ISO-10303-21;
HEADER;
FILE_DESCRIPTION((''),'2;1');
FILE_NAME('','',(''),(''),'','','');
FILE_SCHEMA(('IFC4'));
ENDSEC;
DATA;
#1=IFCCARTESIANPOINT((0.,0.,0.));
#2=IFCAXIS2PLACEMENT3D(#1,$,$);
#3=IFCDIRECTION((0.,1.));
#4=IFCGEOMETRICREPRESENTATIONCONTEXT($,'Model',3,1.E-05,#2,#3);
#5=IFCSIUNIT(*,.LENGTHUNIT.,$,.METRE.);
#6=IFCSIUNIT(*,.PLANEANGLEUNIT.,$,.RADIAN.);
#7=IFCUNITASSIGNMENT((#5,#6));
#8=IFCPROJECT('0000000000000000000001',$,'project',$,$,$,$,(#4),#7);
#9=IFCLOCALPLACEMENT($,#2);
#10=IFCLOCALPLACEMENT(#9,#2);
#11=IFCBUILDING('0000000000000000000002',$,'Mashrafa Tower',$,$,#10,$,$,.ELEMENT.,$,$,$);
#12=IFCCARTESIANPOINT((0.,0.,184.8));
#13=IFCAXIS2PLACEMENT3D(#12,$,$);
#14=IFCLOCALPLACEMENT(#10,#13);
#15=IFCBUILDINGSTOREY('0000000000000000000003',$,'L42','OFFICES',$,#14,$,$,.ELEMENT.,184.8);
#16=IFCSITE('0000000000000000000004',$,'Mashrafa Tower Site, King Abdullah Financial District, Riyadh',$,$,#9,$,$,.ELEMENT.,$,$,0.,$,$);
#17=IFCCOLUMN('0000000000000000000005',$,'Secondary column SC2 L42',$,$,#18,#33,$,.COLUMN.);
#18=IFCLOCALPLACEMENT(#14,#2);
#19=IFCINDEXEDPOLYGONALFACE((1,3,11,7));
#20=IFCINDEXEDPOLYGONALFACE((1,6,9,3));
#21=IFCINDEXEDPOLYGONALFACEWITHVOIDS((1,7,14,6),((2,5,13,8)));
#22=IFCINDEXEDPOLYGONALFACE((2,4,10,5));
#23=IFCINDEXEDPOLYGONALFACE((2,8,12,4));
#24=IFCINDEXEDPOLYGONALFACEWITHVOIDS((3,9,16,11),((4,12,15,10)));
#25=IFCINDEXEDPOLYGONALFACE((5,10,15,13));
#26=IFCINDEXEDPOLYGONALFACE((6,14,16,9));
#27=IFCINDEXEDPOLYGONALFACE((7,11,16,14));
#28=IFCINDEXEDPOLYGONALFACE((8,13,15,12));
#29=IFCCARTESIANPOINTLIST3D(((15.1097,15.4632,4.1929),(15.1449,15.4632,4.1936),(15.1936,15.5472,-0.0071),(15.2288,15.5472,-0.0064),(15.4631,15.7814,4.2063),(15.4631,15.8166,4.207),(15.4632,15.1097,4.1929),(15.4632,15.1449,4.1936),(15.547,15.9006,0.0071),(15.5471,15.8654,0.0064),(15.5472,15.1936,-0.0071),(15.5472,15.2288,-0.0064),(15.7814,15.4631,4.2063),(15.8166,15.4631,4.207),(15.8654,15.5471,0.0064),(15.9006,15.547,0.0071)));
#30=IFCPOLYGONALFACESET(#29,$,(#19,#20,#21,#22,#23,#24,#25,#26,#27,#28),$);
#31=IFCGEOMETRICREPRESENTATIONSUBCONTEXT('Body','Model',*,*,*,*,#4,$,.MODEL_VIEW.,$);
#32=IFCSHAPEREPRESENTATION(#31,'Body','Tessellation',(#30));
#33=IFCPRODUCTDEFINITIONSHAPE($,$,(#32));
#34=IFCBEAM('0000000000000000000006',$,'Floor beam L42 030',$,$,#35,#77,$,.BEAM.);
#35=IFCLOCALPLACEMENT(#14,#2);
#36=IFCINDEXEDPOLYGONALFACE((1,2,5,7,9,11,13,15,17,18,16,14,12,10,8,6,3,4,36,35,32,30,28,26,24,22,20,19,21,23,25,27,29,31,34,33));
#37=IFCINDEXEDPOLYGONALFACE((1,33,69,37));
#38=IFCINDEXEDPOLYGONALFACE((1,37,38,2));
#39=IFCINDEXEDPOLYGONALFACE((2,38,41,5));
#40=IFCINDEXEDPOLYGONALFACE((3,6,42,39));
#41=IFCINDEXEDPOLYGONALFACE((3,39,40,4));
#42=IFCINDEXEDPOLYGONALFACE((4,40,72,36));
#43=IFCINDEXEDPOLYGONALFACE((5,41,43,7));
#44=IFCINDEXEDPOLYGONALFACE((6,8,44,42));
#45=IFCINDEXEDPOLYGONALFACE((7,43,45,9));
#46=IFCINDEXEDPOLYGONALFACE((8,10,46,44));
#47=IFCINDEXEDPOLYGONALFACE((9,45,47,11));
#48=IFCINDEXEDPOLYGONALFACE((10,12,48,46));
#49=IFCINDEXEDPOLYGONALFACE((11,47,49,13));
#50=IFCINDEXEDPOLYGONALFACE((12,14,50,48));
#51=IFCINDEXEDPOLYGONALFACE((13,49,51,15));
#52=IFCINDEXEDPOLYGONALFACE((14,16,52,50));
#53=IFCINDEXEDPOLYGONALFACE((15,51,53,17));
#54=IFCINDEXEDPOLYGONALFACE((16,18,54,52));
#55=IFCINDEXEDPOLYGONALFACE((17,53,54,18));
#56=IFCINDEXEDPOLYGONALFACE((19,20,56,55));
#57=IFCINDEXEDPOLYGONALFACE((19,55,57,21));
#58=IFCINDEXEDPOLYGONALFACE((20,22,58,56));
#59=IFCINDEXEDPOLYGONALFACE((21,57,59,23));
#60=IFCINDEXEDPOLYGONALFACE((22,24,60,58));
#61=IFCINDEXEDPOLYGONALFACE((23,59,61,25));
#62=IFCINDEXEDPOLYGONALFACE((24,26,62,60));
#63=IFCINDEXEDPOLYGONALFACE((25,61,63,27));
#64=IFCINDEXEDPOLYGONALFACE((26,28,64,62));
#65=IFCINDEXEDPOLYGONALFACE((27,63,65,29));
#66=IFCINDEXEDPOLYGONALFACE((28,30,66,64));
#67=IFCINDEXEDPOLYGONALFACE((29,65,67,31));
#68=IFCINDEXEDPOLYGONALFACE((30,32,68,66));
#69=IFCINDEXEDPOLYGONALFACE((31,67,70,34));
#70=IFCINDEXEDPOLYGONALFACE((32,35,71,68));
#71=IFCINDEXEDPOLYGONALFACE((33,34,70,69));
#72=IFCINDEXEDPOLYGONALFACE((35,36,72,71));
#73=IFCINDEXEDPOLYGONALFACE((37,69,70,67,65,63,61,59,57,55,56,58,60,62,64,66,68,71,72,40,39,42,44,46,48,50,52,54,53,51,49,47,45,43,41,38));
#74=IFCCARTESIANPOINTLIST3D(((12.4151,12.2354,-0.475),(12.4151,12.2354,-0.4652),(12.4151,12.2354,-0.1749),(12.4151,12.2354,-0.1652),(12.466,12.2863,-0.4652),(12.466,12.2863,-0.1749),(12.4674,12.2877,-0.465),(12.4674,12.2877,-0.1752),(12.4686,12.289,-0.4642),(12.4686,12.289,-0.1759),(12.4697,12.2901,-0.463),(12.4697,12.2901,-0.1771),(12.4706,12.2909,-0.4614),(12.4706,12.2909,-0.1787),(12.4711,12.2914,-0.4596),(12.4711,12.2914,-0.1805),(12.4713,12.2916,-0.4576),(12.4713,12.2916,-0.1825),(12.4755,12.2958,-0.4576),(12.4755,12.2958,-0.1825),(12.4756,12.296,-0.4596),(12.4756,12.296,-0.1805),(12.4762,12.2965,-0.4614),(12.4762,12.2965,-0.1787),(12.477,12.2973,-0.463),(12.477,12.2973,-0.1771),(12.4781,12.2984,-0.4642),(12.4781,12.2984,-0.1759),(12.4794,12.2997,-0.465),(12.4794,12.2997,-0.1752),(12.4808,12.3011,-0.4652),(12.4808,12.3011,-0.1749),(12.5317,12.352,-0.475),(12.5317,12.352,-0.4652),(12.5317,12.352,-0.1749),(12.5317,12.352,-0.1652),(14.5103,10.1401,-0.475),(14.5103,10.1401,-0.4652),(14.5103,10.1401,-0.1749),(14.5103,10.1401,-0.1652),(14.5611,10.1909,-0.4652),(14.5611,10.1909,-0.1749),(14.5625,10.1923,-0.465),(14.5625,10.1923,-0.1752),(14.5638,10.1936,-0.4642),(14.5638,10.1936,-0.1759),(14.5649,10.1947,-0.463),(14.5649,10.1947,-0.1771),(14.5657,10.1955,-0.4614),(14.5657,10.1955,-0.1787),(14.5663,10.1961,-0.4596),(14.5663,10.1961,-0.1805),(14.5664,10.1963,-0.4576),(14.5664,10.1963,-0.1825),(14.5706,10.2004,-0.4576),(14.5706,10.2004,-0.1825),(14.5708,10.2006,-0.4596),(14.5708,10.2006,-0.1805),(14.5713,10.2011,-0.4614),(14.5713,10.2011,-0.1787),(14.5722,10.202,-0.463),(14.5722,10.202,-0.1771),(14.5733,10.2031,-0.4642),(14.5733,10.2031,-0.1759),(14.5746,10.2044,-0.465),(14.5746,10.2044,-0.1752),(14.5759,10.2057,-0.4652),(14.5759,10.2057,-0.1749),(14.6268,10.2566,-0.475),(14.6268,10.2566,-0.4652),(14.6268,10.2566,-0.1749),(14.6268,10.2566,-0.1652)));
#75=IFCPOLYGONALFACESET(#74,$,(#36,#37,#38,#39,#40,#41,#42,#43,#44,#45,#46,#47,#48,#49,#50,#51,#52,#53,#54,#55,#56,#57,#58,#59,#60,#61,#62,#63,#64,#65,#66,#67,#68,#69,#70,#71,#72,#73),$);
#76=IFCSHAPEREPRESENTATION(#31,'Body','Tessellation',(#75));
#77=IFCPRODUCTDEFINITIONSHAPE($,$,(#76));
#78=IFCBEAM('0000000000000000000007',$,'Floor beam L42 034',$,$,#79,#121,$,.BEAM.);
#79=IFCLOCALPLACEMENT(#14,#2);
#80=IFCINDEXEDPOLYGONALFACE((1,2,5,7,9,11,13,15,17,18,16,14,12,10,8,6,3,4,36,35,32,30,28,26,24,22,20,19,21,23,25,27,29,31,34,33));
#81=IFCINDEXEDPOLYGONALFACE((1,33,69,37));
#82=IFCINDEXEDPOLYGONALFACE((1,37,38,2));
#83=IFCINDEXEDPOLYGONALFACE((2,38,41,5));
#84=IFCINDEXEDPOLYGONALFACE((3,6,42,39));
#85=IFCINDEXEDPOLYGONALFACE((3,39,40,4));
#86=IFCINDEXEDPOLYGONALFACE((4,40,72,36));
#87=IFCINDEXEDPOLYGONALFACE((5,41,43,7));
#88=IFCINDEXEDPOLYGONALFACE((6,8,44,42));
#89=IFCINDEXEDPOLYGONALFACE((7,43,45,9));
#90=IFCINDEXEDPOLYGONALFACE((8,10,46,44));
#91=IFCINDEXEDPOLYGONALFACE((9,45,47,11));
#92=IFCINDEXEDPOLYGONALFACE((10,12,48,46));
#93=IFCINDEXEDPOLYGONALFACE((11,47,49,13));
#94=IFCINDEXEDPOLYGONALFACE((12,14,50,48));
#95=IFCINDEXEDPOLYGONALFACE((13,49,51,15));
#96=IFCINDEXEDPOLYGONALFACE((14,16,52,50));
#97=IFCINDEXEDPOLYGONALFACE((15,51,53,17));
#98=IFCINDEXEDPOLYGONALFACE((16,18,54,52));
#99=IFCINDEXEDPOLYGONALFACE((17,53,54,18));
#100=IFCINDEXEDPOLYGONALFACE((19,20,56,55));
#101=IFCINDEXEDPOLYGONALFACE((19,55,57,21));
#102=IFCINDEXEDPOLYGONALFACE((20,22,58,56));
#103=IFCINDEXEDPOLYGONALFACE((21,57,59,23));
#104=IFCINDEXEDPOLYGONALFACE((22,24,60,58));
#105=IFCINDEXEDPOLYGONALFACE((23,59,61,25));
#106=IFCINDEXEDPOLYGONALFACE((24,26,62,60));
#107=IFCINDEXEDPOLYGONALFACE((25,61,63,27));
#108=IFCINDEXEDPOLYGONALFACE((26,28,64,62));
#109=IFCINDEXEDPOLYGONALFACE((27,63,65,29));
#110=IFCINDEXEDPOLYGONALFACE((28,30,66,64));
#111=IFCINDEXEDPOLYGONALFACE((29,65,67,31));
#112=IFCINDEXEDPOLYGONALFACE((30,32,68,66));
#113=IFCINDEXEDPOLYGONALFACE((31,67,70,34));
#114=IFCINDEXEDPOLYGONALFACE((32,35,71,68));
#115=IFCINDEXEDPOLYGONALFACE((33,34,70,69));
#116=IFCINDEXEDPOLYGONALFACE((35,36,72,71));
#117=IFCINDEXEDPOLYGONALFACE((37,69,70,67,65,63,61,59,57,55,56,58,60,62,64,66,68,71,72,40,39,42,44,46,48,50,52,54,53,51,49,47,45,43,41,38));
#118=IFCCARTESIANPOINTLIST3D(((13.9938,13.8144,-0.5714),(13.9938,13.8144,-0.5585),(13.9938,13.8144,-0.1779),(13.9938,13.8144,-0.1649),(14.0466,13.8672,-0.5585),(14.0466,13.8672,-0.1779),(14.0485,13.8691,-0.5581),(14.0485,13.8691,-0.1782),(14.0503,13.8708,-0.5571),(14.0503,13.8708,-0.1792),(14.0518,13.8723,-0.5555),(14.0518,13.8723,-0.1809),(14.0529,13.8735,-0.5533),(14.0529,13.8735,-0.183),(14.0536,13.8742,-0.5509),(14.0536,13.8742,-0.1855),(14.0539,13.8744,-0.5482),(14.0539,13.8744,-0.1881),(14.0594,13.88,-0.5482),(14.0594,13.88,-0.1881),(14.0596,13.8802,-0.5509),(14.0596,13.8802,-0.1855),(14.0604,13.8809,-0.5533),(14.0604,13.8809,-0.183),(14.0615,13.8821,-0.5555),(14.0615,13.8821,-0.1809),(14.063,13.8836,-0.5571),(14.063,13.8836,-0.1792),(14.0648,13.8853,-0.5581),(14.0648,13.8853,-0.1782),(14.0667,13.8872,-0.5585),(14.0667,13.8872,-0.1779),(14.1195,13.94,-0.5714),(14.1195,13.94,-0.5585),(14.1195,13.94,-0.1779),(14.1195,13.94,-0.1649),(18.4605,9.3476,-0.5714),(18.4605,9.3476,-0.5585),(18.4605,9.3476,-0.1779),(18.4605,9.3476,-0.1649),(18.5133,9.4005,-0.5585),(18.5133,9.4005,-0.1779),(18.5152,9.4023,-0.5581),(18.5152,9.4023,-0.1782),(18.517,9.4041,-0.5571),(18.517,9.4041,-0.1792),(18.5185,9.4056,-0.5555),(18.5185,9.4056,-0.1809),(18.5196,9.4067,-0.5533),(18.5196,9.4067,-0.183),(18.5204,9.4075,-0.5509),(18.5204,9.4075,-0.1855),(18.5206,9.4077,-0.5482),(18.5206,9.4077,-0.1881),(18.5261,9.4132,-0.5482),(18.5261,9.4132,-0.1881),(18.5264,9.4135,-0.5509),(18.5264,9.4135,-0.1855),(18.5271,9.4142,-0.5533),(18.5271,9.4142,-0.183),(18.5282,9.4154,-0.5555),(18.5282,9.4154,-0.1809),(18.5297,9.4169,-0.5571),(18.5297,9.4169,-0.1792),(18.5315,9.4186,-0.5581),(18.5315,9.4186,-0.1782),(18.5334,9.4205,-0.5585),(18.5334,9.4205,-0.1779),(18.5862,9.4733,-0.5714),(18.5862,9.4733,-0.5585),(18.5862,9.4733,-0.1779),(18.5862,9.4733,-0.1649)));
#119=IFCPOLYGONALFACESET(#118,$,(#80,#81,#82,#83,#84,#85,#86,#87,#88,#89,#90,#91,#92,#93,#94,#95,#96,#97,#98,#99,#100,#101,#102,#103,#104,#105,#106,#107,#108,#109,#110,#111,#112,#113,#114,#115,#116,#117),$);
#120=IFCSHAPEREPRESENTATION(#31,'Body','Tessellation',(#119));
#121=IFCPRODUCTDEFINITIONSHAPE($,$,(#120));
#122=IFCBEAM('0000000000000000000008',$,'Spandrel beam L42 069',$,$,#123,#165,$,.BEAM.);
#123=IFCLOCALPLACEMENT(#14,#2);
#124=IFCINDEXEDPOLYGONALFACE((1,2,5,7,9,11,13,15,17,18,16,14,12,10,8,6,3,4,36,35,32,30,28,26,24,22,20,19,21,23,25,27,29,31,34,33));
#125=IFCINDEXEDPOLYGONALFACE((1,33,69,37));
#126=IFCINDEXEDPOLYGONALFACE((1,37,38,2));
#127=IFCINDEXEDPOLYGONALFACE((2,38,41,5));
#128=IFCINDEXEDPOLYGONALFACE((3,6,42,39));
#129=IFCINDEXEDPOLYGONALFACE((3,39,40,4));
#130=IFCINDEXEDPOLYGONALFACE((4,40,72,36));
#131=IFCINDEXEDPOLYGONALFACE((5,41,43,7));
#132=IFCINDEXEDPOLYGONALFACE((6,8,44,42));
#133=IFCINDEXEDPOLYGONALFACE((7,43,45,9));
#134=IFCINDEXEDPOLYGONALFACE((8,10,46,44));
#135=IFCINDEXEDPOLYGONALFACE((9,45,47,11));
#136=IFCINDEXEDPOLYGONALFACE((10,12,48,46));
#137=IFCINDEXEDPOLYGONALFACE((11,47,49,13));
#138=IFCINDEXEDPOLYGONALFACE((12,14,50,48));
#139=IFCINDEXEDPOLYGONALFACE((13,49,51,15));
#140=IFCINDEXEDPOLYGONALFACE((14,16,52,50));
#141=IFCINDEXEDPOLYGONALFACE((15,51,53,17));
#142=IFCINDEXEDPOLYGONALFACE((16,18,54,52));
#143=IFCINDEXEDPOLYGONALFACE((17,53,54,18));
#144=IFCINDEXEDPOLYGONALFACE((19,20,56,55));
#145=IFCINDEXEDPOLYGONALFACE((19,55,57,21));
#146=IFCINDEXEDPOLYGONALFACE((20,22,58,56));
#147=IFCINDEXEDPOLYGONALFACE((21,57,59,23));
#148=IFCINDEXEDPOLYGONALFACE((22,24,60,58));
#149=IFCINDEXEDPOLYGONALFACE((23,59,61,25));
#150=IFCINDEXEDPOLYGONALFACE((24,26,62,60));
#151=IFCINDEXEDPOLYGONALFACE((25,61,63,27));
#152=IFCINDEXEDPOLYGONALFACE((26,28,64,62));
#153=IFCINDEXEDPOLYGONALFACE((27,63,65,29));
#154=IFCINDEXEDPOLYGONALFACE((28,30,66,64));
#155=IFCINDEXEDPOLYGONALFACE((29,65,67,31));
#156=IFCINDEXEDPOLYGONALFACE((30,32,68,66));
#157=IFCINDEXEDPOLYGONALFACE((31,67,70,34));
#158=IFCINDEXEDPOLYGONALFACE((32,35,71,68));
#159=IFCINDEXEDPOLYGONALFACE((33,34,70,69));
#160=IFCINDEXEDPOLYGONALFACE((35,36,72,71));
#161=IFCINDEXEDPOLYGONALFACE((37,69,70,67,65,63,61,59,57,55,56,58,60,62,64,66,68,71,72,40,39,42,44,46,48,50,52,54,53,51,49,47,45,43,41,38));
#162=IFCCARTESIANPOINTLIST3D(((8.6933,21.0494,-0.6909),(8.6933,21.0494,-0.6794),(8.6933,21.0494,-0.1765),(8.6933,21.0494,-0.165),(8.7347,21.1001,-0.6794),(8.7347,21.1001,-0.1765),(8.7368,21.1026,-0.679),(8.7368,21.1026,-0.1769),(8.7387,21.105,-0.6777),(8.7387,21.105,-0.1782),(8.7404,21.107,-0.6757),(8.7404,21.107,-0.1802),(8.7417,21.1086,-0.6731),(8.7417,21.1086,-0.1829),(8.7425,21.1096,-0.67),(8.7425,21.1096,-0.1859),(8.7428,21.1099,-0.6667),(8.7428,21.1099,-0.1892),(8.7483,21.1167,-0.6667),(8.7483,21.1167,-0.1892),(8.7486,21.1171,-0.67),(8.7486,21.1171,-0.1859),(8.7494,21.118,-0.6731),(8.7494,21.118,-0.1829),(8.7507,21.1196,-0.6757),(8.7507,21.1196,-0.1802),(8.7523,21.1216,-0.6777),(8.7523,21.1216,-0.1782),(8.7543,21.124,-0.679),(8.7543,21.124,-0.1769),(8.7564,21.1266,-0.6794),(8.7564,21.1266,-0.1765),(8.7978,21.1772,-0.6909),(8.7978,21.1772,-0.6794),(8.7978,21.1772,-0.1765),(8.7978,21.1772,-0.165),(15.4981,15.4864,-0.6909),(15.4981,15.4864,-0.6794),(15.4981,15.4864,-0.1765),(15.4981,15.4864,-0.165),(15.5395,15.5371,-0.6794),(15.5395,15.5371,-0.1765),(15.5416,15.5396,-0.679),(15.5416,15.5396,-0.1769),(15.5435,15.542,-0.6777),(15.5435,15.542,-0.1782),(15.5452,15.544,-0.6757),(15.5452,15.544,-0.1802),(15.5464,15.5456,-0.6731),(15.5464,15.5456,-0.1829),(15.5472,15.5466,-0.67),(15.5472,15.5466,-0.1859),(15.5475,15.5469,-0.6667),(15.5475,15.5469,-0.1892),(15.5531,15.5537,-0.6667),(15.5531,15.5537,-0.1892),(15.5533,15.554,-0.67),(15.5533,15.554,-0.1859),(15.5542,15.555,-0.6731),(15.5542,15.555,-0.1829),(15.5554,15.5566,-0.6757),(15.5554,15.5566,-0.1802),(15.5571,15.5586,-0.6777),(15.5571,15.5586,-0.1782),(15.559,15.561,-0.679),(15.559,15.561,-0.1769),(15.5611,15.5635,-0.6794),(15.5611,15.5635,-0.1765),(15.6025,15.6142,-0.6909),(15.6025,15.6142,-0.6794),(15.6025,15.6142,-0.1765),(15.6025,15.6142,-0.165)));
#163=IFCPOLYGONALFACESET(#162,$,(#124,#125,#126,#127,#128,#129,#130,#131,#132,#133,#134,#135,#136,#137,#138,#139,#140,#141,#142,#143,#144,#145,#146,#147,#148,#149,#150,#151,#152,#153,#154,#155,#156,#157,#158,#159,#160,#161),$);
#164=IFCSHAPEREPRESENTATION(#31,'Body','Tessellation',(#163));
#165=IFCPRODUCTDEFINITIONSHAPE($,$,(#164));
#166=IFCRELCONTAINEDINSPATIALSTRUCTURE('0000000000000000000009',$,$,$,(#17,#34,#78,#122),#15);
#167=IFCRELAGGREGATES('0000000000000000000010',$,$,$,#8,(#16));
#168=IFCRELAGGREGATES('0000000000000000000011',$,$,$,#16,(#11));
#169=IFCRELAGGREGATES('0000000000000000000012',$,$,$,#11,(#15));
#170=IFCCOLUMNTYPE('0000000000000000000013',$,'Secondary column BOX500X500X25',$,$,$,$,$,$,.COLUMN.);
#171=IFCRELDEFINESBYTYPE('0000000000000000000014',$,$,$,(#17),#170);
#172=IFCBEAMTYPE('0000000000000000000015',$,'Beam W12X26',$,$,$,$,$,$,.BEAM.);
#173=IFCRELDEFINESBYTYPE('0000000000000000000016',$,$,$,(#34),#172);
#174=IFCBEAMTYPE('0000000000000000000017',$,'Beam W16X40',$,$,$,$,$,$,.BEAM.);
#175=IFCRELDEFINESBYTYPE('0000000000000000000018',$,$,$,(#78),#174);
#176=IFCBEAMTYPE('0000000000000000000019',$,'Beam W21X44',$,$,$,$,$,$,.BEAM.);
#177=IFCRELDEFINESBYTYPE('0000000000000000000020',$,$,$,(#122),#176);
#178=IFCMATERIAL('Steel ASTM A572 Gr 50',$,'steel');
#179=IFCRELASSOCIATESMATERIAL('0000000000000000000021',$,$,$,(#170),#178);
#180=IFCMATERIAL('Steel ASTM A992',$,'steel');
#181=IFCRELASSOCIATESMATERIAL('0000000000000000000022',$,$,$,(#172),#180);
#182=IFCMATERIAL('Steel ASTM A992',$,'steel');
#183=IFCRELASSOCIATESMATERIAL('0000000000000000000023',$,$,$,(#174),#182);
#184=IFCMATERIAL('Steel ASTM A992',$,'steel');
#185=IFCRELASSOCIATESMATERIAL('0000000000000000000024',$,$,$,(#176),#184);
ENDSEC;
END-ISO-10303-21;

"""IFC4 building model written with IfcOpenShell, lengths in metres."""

from ifc_helpers import new_model, si_unit, direction, frame, origin, origin_2d, place, context, subcontext, project, spatial, hollow_rectangle, i_section, extrude, material, material_profile, profile_set, type_object, element, save


model = new_model("IFC4")

# Units and contexts
model_context = context("Model", 3, precision=1e-05, world=origin(), true_north=direction((0.0, 1.0)))
body_context = subcontext(model_context, "Body", "Model", "MODEL_VIEW")
ifc_project = project(units=[si_unit("LENGTHUNIT", "METRE"), si_unit("PLANEANGLEUNIT", "RADIAN")], contexts=[model_context])

# Site, building, storey
site_placement = place(None, origin())
site = spatial("IfcSite", under=ifc_project, at=site_placement, Name="Mashrafa Tower Site, King Abdullah Financial District, Riyadh", CompositionType="ELEMENT", RefElevation=0.0)
building_placement = place(site_placement, origin())
building = spatial("IfcBuilding", under=site, at=building_placement, Name="Mashrafa Tower", CompositionType="ELEMENT")
storey_placement = place(building_placement, frame((0.0, 0.0, 184.8)))
storey = spatial("IfcBuildingStorey", under=building, at=storey_placement, Name="L42", Description="OFFICES", CompositionType="ELEMENT", Elevation=184.8)

# Column
ifc_material_1 = material(Name="Steel ASTM A572 Gr 50", Category="steel")
ifc_material_profile_1 = material_profile(ifc_material_1, hollow_rectangle(XDim=0.5, YDim=0.5, WallThickness=0.0249, at=origin_2d()), Name="BOX500X500X25")
ifc_profile_set_1 = profile_set([ifc_material_profile_1], Name="Steel ASTM A572 Gr 50")
column_type = type_object("IfcColumnType", Name="Secondary column BOX500X500X25", PredefinedType="COLUMN", material=ifc_profile_set_1)
column_placement = place(storey_placement, frame((15.5471, 15.5471, 0.0), z_axis=(-0.019989, -0.019989, 0.9996), x_axis=(0.707107, -0.707107, 0.0)))
element("IfcColumn", 1, at=column_placement, inside=storey, type_object=column_type, Name="Secondary column SC2 L42", PredefinedType="COLUMN", context=body_context, shape_type="SweptSolid", body=[
    extrude(hollow_rectangle(XDim=0.5, YDim=0.5, WallThickness=0.0249, at=origin_2d()), origin(), (0.0, 0.0, 1.0), 4.2017),
])

# Beams
ifc_material_2 = material(Name="Steel ASTM A992", Category="steel")
ifc_material_profile_2 = material_profile(ifc_material_2, i_section(OverallWidth=0.1648, OverallDepth=0.3098, WebThickness=0.0059, FlangeThickness=0.0098, FilletRadius=0.0076, at=origin_2d()), Name="W12X26")
ifc_profile_set_2 = profile_set([ifc_material_profile_2], Name="Steel ASTM A992")
beam_type_1 = type_object("IfcBeamType", Name="Beam W12X26", PredefinedType="BEAM", material=ifc_profile_set_2)
beam_1_placement = place(storey_placement, frame((12.4734, 12.2937, -0.3201), z_axis=(0.707066, -0.707148, 0.0), x_axis=(0.707148, 0.707066, 0.0)))
element("IfcBeam", 2, at=beam_1_placement, inside=storey, type_object=beam_type_1, Name="Floor beam L42 030", PredefinedType="BEAM", context=body_context, shape_type="SweptSolid", body=[
    extrude(i_section(OverallWidth=0.1648, OverallDepth=0.3098, WebThickness=0.0059, FlangeThickness=0.0098, FilletRadius=0.0076, at=origin_2d()), origin(), (0.0, 0.0, 1.0), 2.9631),
])
ifc_material_3 = material(Name="Steel ASTM A992", Category="steel")
ifc_material_profile_3 = material_profile(ifc_material_3, i_section(OverallWidth=0.1777, OverallDepth=0.4065, WebThickness=0.0078, FlangeThickness=0.0129, FilletRadius=0.0103, at=origin_2d()), Name="W16X40")
ifc_profile_set_3 = profile_set([ifc_material_profile_3], Name="Steel ASTM A992")
beam_type_2 = type_object("IfcBeamType", Name="Beam W16X40", PredefinedType="BEAM", material=ifc_profile_set_3)
beam_2_placement = place(storey_placement, frame((14.0566, 13.8772, -0.3682), z_axis=(0.707107, -0.707107, 0.0), x_axis=(0.707107, 0.707107, 0.0)))
element("IfcBeam", 3, at=beam_2_placement, inside=storey, type_object=beam_type_2, Name="Floor beam L42 034", PredefinedType="BEAM", context=body_context, shape_type="SweptSolid", body=[
    extrude(i_section(OverallWidth=0.1777, OverallDepth=0.4065, WebThickness=0.0078, FlangeThickness=0.0129, FilletRadius=0.0103, at=origin_2d()), origin(), (0.0, 0.0, 1.0), 6.3169),
])
ifc_material_4 = material(Name="Steel ASTM A992", Category="steel")
ifc_material_profile_4 = material_profile(ifc_material_4, i_section(OverallWidth=0.165, OverallDepth=0.5259, WebThickness=0.0088, FlangeThickness=0.0115, FilletRadius=0.0127, at=origin_2d()), Name="W21X44")
ifc_profile_set_4 = profile_set([ifc_material_profile_4], Name="Steel ASTM A992")
beam_type_3 = type_object("IfcBeamType", Name="Beam W21X44", PredefinedType="BEAM", material=ifc_profile_set_4)
beam_3_placement = place(storey_placement, frame((15.5503, 15.5503, -0.428), z_axis=(-0.774207, 0.632932, 0.0), x_axis=(-0.632932, -0.774207, 0.0)))
element("IfcBeam", 4, at=beam_3_placement, inside=storey, type_object=beam_type_3, Name="Spandrel beam L42 069", PredefinedType="BEAM", context=body_context, shape_type="SweptSolid", body=[
    extrude(i_section(OverallWidth=0.165, OverallDepth=0.5259, WebThickness=0.0088, FlangeThickness=0.0115, FilletRadius=0.0127, at=origin_2d()), origin(), (0.0, 0.0, 1.0), 8.7893),
])

save(model, "model.ifc")
